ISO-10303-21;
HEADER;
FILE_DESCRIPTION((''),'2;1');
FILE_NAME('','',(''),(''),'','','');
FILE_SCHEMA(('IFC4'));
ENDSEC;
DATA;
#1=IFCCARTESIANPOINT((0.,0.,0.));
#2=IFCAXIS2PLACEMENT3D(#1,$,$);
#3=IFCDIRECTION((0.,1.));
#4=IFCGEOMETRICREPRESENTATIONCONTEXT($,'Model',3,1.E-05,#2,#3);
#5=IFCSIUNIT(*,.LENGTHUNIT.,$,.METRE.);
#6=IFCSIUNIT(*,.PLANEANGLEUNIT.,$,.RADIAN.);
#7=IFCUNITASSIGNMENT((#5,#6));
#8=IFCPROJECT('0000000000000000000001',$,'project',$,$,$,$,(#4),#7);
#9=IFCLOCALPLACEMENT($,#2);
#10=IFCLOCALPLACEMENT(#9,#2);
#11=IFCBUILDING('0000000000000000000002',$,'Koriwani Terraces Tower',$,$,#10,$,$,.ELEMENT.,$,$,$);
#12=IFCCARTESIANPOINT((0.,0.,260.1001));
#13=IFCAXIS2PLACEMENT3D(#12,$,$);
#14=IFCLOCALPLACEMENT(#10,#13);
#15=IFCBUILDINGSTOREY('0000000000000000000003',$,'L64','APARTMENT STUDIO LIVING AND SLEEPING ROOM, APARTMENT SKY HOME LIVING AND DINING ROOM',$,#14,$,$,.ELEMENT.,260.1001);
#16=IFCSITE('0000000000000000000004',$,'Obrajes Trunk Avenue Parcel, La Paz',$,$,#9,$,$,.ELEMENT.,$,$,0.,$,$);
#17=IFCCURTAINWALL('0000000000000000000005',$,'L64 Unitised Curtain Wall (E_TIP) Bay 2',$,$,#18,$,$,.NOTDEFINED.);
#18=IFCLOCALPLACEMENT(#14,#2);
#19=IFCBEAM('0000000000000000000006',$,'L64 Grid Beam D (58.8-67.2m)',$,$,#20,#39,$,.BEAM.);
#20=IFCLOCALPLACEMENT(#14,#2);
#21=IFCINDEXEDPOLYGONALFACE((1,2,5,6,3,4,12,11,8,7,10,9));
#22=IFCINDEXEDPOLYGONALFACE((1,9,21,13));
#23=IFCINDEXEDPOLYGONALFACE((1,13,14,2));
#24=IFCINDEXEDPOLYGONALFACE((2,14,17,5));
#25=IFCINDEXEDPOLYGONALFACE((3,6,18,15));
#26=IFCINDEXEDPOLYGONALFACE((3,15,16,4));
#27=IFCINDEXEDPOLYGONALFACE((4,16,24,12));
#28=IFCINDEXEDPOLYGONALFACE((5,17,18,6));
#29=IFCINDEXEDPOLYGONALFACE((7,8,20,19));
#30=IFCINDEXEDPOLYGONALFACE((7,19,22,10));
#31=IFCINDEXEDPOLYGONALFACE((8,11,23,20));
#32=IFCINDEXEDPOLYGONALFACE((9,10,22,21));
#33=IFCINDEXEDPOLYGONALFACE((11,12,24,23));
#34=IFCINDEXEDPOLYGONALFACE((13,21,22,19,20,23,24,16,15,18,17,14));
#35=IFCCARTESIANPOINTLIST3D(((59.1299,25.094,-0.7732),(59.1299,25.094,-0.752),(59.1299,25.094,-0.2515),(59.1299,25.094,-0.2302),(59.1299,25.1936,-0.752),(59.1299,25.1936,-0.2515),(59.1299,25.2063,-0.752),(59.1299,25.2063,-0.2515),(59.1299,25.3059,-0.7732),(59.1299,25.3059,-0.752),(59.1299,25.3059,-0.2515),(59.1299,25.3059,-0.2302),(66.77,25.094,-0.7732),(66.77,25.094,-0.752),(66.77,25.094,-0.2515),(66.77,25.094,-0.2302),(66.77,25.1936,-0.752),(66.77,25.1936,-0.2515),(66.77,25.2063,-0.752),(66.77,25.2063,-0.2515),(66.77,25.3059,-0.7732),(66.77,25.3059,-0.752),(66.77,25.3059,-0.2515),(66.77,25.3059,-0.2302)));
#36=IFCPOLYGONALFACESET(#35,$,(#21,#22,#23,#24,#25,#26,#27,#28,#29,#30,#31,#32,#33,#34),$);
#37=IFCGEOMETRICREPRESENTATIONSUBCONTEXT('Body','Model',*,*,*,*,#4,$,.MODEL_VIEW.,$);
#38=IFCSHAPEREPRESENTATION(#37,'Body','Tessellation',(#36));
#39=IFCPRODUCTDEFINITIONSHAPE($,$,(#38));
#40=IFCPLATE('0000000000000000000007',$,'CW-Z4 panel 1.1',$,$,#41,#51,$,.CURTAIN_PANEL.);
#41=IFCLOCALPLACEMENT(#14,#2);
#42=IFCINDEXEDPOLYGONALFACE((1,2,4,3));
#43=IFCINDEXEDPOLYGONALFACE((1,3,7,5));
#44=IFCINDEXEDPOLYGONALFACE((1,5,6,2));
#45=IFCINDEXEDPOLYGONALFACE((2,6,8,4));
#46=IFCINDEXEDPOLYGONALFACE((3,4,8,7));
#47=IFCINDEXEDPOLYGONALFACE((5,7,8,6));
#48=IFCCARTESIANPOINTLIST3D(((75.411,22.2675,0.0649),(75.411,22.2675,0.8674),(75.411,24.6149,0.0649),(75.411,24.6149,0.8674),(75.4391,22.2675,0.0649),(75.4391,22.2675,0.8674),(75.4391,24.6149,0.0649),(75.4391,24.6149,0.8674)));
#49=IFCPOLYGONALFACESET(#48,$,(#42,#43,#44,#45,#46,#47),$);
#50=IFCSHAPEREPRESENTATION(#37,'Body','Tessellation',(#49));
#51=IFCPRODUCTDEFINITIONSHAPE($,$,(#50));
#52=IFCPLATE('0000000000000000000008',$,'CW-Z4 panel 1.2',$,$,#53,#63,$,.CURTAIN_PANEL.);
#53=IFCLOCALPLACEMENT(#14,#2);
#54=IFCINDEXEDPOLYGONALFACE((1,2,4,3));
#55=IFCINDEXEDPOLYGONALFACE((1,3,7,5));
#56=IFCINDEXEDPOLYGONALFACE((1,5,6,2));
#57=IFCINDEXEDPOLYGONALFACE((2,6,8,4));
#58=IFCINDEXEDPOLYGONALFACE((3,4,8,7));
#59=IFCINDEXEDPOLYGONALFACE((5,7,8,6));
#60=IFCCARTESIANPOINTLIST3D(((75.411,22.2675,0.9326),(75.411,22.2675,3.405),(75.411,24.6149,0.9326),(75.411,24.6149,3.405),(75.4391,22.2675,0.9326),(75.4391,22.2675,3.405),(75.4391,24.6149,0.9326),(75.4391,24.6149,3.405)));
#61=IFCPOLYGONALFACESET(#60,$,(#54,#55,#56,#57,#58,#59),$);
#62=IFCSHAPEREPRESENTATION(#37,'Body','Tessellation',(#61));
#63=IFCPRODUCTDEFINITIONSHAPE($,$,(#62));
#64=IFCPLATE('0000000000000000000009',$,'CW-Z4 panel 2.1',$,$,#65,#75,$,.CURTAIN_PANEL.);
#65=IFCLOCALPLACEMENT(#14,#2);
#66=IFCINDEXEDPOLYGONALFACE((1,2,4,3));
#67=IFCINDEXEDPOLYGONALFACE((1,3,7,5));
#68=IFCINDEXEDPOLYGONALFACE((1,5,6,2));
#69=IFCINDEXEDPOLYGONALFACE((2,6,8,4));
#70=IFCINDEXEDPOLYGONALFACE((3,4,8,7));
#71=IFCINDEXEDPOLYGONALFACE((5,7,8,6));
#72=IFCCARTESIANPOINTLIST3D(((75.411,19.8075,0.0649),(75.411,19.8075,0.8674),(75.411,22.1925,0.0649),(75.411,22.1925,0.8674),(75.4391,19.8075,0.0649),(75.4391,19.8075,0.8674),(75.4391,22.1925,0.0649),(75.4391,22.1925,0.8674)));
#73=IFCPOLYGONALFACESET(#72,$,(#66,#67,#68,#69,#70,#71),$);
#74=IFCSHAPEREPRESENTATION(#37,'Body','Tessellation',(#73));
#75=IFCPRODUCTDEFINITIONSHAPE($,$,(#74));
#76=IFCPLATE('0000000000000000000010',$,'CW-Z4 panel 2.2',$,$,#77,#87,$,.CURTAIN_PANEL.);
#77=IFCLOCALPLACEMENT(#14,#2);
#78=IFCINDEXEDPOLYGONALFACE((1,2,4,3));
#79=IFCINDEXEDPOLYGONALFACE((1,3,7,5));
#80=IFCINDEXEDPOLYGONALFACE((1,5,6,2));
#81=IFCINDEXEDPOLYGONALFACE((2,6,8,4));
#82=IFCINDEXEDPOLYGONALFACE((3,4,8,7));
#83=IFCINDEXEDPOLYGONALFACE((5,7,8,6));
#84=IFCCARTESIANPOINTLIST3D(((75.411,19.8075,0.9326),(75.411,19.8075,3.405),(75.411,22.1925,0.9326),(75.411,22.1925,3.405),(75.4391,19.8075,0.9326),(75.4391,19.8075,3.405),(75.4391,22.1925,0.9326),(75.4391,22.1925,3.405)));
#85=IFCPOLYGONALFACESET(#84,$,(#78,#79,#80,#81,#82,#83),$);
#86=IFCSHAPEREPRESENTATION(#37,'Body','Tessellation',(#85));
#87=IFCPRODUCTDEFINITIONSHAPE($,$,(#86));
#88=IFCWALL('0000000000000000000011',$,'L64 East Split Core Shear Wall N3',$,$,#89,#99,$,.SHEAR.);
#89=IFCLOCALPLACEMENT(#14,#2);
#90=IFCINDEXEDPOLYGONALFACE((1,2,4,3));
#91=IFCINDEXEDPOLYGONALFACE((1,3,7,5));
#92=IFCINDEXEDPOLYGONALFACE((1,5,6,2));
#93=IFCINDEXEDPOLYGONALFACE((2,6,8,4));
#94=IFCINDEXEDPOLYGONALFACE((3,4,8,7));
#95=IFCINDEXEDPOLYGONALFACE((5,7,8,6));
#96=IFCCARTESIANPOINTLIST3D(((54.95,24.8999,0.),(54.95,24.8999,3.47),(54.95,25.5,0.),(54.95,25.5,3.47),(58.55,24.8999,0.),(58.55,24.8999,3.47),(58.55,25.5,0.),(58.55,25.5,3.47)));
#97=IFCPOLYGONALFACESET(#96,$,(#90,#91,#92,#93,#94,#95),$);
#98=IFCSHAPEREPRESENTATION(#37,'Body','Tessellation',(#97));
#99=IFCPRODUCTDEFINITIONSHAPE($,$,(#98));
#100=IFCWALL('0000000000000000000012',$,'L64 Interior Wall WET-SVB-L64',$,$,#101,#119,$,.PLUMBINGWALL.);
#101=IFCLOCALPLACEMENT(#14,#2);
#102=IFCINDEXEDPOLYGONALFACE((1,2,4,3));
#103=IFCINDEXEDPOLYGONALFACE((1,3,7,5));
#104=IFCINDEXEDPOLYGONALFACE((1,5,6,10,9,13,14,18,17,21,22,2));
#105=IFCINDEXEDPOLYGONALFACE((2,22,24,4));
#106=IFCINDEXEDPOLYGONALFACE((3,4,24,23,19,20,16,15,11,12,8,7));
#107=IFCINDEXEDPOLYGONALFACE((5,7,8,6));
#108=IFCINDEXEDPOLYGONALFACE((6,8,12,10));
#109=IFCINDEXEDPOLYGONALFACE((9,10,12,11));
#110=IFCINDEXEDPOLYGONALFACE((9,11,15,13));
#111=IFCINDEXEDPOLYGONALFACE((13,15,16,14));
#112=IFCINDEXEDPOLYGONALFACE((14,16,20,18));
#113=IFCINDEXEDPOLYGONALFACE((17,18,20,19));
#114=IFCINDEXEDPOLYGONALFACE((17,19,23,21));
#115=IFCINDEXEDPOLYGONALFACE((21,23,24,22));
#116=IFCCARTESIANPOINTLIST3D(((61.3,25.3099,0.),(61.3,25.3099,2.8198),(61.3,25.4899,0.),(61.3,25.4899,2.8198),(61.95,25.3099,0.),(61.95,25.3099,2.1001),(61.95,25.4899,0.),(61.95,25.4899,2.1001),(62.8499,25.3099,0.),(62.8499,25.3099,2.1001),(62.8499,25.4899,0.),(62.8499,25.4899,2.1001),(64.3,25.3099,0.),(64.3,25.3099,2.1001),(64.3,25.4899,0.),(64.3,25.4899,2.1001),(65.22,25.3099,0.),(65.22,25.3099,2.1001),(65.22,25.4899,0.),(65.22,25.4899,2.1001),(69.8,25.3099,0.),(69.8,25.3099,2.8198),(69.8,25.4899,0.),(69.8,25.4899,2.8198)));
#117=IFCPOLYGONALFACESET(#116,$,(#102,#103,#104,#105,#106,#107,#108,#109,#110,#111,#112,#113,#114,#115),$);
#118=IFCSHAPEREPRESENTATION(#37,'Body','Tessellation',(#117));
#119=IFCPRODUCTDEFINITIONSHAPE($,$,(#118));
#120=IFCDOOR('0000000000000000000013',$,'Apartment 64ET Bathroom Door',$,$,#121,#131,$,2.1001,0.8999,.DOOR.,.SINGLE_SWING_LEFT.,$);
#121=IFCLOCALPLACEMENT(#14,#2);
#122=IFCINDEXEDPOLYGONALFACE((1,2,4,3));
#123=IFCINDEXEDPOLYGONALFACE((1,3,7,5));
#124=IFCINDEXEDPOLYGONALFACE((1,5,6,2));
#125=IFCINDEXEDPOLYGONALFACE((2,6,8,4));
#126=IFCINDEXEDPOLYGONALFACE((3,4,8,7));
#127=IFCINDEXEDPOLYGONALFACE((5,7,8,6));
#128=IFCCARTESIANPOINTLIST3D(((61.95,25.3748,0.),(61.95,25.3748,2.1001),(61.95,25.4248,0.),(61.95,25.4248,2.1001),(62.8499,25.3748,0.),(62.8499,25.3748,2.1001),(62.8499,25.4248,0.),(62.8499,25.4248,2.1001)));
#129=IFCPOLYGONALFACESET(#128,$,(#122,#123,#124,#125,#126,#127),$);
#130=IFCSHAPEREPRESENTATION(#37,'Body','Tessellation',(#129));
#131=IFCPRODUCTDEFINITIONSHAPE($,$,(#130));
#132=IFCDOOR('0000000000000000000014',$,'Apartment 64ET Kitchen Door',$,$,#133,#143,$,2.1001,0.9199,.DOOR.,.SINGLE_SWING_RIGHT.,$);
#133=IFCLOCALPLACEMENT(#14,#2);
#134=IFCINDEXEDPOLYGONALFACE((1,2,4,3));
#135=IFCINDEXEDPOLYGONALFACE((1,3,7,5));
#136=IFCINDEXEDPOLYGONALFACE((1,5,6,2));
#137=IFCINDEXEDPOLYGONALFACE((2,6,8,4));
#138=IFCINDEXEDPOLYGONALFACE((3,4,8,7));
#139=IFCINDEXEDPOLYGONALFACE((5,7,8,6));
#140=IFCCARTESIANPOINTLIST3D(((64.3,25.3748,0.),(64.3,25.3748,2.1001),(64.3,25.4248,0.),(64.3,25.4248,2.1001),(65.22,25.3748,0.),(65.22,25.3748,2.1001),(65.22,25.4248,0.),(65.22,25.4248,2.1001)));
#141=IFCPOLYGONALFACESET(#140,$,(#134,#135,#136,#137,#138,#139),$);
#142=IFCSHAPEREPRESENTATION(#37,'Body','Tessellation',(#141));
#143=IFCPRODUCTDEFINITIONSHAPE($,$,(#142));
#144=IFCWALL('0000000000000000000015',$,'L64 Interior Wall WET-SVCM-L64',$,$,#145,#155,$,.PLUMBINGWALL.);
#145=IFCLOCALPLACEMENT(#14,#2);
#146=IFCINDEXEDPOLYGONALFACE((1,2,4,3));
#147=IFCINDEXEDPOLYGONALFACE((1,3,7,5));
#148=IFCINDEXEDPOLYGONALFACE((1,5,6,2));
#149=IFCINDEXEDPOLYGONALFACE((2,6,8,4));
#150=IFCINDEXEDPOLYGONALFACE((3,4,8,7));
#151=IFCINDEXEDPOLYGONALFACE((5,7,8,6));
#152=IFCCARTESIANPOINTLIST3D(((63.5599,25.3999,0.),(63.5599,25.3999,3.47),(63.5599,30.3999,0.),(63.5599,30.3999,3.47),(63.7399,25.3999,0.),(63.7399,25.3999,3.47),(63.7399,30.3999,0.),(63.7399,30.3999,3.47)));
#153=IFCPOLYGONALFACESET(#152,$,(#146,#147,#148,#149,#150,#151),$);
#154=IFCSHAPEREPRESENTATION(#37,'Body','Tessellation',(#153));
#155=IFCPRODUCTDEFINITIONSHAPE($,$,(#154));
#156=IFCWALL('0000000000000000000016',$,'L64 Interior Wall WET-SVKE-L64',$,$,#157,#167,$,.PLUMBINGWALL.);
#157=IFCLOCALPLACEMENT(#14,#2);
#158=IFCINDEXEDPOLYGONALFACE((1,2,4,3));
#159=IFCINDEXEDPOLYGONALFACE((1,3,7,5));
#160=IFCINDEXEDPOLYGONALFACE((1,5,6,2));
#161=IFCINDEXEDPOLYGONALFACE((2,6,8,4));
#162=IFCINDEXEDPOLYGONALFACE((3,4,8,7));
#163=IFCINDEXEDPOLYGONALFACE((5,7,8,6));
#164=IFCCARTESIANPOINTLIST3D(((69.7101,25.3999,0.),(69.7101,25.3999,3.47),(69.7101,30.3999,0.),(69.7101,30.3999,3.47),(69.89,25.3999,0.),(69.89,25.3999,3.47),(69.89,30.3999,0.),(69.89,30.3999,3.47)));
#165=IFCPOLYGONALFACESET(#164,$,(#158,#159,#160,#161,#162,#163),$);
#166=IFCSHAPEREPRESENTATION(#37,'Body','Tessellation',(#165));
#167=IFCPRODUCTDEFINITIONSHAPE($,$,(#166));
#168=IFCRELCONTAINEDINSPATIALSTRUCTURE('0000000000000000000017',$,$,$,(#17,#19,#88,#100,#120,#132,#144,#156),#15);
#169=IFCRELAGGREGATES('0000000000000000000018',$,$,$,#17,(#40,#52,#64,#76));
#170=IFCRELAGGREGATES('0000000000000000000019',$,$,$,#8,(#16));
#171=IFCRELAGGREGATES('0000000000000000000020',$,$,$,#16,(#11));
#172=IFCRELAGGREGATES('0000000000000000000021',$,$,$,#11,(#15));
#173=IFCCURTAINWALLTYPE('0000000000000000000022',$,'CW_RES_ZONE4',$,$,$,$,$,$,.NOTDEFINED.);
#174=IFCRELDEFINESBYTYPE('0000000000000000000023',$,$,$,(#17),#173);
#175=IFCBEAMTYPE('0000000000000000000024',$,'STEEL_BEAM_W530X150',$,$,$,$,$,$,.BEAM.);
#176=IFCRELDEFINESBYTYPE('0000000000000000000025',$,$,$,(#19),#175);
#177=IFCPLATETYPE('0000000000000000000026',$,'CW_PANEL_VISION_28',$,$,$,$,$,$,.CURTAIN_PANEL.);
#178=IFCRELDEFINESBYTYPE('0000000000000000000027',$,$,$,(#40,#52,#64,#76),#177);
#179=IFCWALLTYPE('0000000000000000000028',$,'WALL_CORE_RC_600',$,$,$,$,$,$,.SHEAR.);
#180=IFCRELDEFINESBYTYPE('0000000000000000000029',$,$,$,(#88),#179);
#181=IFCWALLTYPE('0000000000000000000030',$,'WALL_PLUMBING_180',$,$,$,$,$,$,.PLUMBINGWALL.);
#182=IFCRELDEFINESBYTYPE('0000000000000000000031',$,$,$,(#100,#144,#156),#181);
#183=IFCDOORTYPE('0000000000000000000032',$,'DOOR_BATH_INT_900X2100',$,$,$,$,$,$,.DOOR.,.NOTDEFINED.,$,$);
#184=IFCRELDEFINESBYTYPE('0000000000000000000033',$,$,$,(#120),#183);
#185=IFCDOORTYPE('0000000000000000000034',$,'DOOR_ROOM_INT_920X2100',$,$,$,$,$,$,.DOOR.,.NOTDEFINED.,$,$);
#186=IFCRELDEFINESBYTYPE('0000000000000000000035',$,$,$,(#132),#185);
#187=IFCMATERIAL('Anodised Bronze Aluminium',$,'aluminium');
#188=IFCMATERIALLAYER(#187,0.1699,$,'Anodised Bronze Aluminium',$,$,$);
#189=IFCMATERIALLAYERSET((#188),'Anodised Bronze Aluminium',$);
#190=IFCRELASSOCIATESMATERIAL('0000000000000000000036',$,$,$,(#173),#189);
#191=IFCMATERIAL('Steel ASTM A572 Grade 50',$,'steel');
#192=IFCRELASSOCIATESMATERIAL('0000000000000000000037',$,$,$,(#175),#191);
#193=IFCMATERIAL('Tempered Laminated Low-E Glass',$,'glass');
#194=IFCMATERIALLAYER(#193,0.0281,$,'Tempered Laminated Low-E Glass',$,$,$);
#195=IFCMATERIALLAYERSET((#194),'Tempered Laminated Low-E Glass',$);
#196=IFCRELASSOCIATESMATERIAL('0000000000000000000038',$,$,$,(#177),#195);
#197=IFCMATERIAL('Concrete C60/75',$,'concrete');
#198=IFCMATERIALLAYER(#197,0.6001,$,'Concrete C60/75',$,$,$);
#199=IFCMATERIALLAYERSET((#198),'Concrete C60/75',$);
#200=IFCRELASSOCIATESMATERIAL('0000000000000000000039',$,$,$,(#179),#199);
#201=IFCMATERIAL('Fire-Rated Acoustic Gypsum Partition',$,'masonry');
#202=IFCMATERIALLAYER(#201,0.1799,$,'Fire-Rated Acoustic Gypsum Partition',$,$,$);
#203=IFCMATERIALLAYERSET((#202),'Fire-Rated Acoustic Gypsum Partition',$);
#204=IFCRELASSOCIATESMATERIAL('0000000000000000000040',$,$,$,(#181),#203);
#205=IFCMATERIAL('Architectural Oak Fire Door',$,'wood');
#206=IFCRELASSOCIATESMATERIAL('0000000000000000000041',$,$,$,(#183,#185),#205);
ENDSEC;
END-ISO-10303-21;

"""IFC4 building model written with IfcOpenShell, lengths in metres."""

from ifc_helpers import new_model, si_unit, direction, frame, frame_2d, origin, origin_2d, place, context, subcontext, project, spatial, rectangle, i_section, extrude, material, layer, layer_set, material_profile, profile_set, type_object, element, fill, aggregate, save


model = new_model("IFC4")

# Units and contexts
model_context = context("Model", 3, precision=1e-05, world=origin(), true_north=direction((0.0, 1.0)))
body_context = subcontext(model_context, "Body", "Model", "MODEL_VIEW")
ifc_project = project(units=[si_unit("LENGTHUNIT", "METRE"), si_unit("PLANEANGLEUNIT", "RADIAN")], contexts=[model_context])

# Site, building, storey
site_placement = place(None, origin())
site = spatial("IfcSite", under=ifc_project, at=site_placement, Name="Obrajes Trunk Avenue Parcel, La Paz", CompositionType="ELEMENT", RefElevation=0.0)
building_placement = place(site_placement, origin())
building = spatial("IfcBuilding", under=site, at=building_placement, Name="Koriwani Terraces Tower", CompositionType="ELEMENT")
storey_placement = place(building_placement, frame((0.0, 0.0, 260.1001)))
storey = spatial("IfcBuildingStorey", under=building, at=storey_placement, Name="L64", Description="APARTMENT STUDIO LIVING AND SLEEPING ROOM, APARTMENT SKY HOME LIVING AND DINING ROOM", CompositionType="ELEMENT", Elevation=260.1001)

# Curtain wall
ifc_material_1 = material(Name="Anodised Bronze Aluminium", Category="aluminium")
ifc_layer_1 = layer(ifc_material_1, 0.1699, Name="Anodised Bronze Aluminium")
ifc_layer_set_1 = layer_set([ifc_layer_1], Name="Anodised Bronze Aluminium")
curtain_wall_type = type_object("IfcCurtainWallType", Name="CW_RES_ZONE4", PredefinedType="NOTDEFINED", material=ifc_layer_set_1)
curtain_wall_placement = place(storey_placement, origin())
curtain_wall = element("IfcCurtainWall", 1, at=curtain_wall_placement, inside=storey, type_object=curtain_wall_type, Name="L64 Unitised Curtain Wall (E_TIP) Bay 2", PredefinedType="NOTDEFINED")

# Beam
ifc_material_2 = material(Name="Steel ASTM A572 Grade 50", Category="steel")
ifc_material_profile_1 = material_profile(ifc_material_2, i_section(OverallWidth=0.2119, OverallDepth=0.543, WebThickness=0.0127, FlangeThickness=0.0212, at=origin_2d()), Name="Steel ASTM A572 Grade 50", Category="LoadBearing")
ifc_profile_set_1 = profile_set([ifc_material_profile_1], Name="Steel ASTM A572 Grade 50")
beam_type_1 = type_object("IfcBeamType", Name="STEEL_BEAM_W530X150", PredefinedType="BEAM", material=ifc_profile_set_1)
beam_1_placement = place(storey_placement, frame((59.1299, 25.2, -0.5017), z_axis=(1.0, 0.0, 0.0), x_axis=(0.0, 1.0, 0.0)))
element("IfcBeam", 2, at=beam_1_placement, inside=storey, type_object=beam_type_1, Name="L64 Grid Beam D (58.8-67.2m)", PredefinedType="BEAM", context=body_context, shape_type="SweptSolid", body=[
    extrude(i_section(OverallWidth=0.2119, OverallDepth=0.543, WebThickness=0.0127, FlangeThickness=0.0212, at=origin_2d()), origin(), (0.0, 0.0, 1.0), 7.6401),
])

# Plates
ifc_material_3 = material(Name="Tempered Laminated Low-E Glass", Category="glass")
ifc_layer_2 = layer(ifc_material_3, 0.0281, Name="Tempered Laminated Low-E Glass")
ifc_layer_set_2 = layer_set([ifc_layer_2], Name="Tempered Laminated Low-E Glass")
plate_type = type_object("IfcPlateType", Name="CW_PANEL_VISION_28", PredefinedType="CURTAIN_PANEL", material=ifc_layer_set_2)
plate_1_placement = place(storey_placement, frame((75.425, 23.4412, 0.0649), z_axis=(0.0, 0.0, 1.0), x_axis=(0.0, -1.0, 0.0)))
plate_1 = element("IfcPlate", 3, at=plate_1_placement, type_object=plate_type, Name="CW-Z4 panel 1.1", PredefinedType="CURTAIN_PANEL", context=body_context, shape_type="SweptSolid", body=[
    extrude(rectangle(XDim=2.3474, YDim=0.0281, at=origin_2d()), origin(), (0.0, 0.0, 1.0), 0.8025),
])
plate_2_placement = place(storey_placement, frame((75.425, 23.4412, 0.9326), z_axis=(0.0, 0.0, 1.0), x_axis=(0.0, -1.0, 0.0)))
plate_2 = element("IfcPlate", 4, at=plate_2_placement, type_object=plate_type, Name="CW-Z4 panel 1.2", PredefinedType="CURTAIN_PANEL", context=body_context, shape_type="SweptSolid", body=[
    extrude(rectangle(XDim=2.3474, YDim=0.0281, at=origin_2d()), origin(), (0.0, 0.0, 1.0), 2.4724),
])
plate_3_placement = place(storey_placement, frame((75.425, 21.0, 0.0649), z_axis=(0.0, 0.0, 1.0), x_axis=(0.0, -1.0, 0.0)))
plate_3 = element("IfcPlate", 5, at=plate_3_placement, type_object=plate_type, Name="CW-Z4 panel 2.1", PredefinedType="CURTAIN_PANEL", context=body_context, shape_type="SweptSolid", body=[
    extrude(rectangle(XDim=2.385, YDim=0.0281, at=origin_2d()), origin(), (0.0, 0.0, 1.0), 0.8025),
])
plate_4_placement = place(storey_placement, frame((75.425, 21.0, 0.9326), z_axis=(0.0, 0.0, 1.0), x_axis=(0.0, -1.0, 0.0)))
plate_4 = element("IfcPlate", 6, at=plate_4_placement, type_object=plate_type, Name="CW-Z4 panel 2.2", PredefinedType="CURTAIN_PANEL", context=body_context, shape_type="SweptSolid", body=[
    extrude(rectangle(XDim=2.385, YDim=0.0281, at=origin_2d()), origin(), (0.0, 0.0, 1.0), 2.4724),
])
aggregate(curtain_wall, [plate_1, plate_2, plate_3, plate_4])

# Wall
ifc_material_4 = material(Name="Concrete C60/75", Category="concrete")
ifc_layer_3 = layer(ifc_material_4, 0.6001, Name="Concrete C60/75")
ifc_layer_set_3 = layer_set([ifc_layer_3], Name="Concrete C60/75")
wall_type_1 = type_object("IfcWallType", Name="WALL_CORE_RC_600", PredefinedType="SHEAR", material=ifc_layer_set_3)
wall_1_placement = place(storey_placement, frame((54.95, 25.2, 0.0), z_axis=(0.0, 0.0, 1.0), x_axis=(1.0, 0.0, 0.0)))
element("IfcWall", 7, at=wall_1_placement, inside=storey, type_object=wall_type_1, Name="L64 East Split Core Shear Wall N3", PredefinedType="SHEAR", context=body_context, shape_type="SweptSolid", body=[
    extrude(rectangle(XDim=3.6001, YDim=0.6001, at=frame_2d((1.8, 0.0))), origin(), (0.0, 0.0, 1.0), 3.47),
])

# Wall, openings, doors
ifc_material_5 = material(Name="Fire-Rated Acoustic Gypsum Partition", Category="masonry")
ifc_layer_4 = layer(ifc_material_5, 0.1799, Name="Fire-Rated Acoustic Gypsum Partition")
ifc_layer_set_4 = layer_set([ifc_layer_4], Name="Fire-Rated Acoustic Gypsum Partition")
wall_type_2 = type_object("IfcWallType", Name="WALL_PLUMBING_180", PredefinedType="PLUMBINGWALL", material=ifc_layer_set_4)
wall_2_placement = place(storey_placement, frame((61.3, 25.3999, 0.0), z_axis=(0.0, 0.0, 1.0), x_axis=(1.0, 0.0, 0.0)))
wall_2 = element("IfcWall", 8, at=wall_2_placement, inside=storey, type_object=wall_type_2, Name="L64 Interior Wall WET-SVB-L64", PredefinedType="PLUMBINGWALL", context=body_context, shape_type="SweptSolid", body=[
    extrude(rectangle(XDim=8.5, YDim=0.1799, at=frame_2d((4.25, 0.0))), origin(), (0.0, 0.0, 1.0), 2.8198),
])
opening_1_placement = place(wall_2_placement, frame((0.6499, 0.0, 0.0)))
opening_1 = element("IfcOpeningElement", 9, at=opening_1_placement, cuts=wall_2, PredefinedType="OPENING", context=body_context, shape_type="SweptSolid", body=[
    extrude(rectangle(XDim=0.8999, YDim=2.1001, at=frame_2d((0.45, 1.05))), frame((0.0, 0.1001, 0.0), z_axis=(0.0, -1.0, 0.0), x_axis=(1.0, 0.0, 0.0)), (0.0, 0.0, 1.0), 0.2),
])
opening_2_placement = place(wall_2_placement, frame((3.0, 0.0, 0.0)))
opening_2 = element("IfcOpeningElement", 10, at=opening_2_placement, cuts=wall_2, PredefinedType="OPENING", context=body_context, shape_type="SweptSolid", body=[
    extrude(rectangle(XDim=0.9199, YDim=2.1001, at=frame_2d((0.46, 1.05))), frame((0.0, 0.1001, 0.0), z_axis=(0.0, -1.0, 0.0), x_axis=(1.0, 0.0, 0.0)), (0.0, 0.0, 1.0), 0.2),
])
ifc_material_6 = material(Name="Architectural Oak Fire Door", Category="wood")
door_type_1 = type_object("IfcDoorType", Name="DOOR_BATH_INT_900X2100", OperationType="NOTDEFINED", PredefinedType="DOOR", material=ifc_material_6)
door_1_placement = place(opening_1_placement, origin())
door_1 = element("IfcDoor", 11, at=door_1_placement, inside=storey, type_object=door_type_1, Name="Apartment 64ET Bathroom Door", OperationType="SINGLE_SWING_LEFT", OverallHeight=2.1001, OverallWidth=0.8999, PredefinedType="DOOR", context=body_context, shape_type="SweptSolid", body=[
    extrude(rectangle(XDim=0.8999, YDim=2.1001, at=frame_2d((0.45, 1.05))), frame((0.0, 0.0249, 0.0), z_axis=(0.0, -1.0, 0.0), x_axis=(1.0, 0.0, 0.0)), (0.0, 0.0, 1.0), 0.05),
])
fill(opening_1, door_1)
door_type_2 = type_object("IfcDoorType", Name="DOOR_ROOM_INT_920X2100", OperationType="NOTDEFINED", PredefinedType="DOOR", material=ifc_material_6)
door_2_placement = place(opening_2_placement, origin())
door_2 = element("IfcDoor", 12, at=door_2_placement, inside=storey, type_object=door_type_2, Name="Apartment 64ET Kitchen Door", OperationType="SINGLE_SWING_RIGHT", OverallHeight=2.1001, OverallWidth=0.9199, PredefinedType="DOOR", context=body_context, shape_type="SweptSolid", body=[
    extrude(rectangle(XDim=0.9199, YDim=2.1001, at=frame_2d((0.46, 1.05))), frame((0.0, 0.0249, 0.0), z_axis=(0.0, -1.0, 0.0), x_axis=(1.0, 0.0, 0.0)), (0.0, 0.0, 1.0), 0.05),
])
fill(opening_2, door_2)

# Walls
for number, where, z_axis, x_axis, name in (
    (13, (63.6499, 25.3999, 0.0), (0.0, 0.0, 1.0), (0.0, 1.0, 0.0), "L64 Interior Wall WET-SVCM-L64"),
    (14, (69.8, 25.3999, 0.0), (0.0, 0.0, 1.0), (0.0, 1.0, 0.0), "L64 Interior Wall WET-SVKE-L64"),
):
    element("IfcWall", number, at=place(storey_placement, frame(where, z_axis=z_axis, x_axis=x_axis)), inside=storey, type_object=wall_type_2, Name=name, PredefinedType="PLUMBINGWALL", context=body_context, shape_type="SweptSolid", body=[
        extrude(rectangle(XDim=5.0, YDim=0.1799, at=frame_2d((2.5, 0.0))), origin(), (0.0, 0.0, 1.0), 3.47),
    ])

save(model, "model.ifc")
